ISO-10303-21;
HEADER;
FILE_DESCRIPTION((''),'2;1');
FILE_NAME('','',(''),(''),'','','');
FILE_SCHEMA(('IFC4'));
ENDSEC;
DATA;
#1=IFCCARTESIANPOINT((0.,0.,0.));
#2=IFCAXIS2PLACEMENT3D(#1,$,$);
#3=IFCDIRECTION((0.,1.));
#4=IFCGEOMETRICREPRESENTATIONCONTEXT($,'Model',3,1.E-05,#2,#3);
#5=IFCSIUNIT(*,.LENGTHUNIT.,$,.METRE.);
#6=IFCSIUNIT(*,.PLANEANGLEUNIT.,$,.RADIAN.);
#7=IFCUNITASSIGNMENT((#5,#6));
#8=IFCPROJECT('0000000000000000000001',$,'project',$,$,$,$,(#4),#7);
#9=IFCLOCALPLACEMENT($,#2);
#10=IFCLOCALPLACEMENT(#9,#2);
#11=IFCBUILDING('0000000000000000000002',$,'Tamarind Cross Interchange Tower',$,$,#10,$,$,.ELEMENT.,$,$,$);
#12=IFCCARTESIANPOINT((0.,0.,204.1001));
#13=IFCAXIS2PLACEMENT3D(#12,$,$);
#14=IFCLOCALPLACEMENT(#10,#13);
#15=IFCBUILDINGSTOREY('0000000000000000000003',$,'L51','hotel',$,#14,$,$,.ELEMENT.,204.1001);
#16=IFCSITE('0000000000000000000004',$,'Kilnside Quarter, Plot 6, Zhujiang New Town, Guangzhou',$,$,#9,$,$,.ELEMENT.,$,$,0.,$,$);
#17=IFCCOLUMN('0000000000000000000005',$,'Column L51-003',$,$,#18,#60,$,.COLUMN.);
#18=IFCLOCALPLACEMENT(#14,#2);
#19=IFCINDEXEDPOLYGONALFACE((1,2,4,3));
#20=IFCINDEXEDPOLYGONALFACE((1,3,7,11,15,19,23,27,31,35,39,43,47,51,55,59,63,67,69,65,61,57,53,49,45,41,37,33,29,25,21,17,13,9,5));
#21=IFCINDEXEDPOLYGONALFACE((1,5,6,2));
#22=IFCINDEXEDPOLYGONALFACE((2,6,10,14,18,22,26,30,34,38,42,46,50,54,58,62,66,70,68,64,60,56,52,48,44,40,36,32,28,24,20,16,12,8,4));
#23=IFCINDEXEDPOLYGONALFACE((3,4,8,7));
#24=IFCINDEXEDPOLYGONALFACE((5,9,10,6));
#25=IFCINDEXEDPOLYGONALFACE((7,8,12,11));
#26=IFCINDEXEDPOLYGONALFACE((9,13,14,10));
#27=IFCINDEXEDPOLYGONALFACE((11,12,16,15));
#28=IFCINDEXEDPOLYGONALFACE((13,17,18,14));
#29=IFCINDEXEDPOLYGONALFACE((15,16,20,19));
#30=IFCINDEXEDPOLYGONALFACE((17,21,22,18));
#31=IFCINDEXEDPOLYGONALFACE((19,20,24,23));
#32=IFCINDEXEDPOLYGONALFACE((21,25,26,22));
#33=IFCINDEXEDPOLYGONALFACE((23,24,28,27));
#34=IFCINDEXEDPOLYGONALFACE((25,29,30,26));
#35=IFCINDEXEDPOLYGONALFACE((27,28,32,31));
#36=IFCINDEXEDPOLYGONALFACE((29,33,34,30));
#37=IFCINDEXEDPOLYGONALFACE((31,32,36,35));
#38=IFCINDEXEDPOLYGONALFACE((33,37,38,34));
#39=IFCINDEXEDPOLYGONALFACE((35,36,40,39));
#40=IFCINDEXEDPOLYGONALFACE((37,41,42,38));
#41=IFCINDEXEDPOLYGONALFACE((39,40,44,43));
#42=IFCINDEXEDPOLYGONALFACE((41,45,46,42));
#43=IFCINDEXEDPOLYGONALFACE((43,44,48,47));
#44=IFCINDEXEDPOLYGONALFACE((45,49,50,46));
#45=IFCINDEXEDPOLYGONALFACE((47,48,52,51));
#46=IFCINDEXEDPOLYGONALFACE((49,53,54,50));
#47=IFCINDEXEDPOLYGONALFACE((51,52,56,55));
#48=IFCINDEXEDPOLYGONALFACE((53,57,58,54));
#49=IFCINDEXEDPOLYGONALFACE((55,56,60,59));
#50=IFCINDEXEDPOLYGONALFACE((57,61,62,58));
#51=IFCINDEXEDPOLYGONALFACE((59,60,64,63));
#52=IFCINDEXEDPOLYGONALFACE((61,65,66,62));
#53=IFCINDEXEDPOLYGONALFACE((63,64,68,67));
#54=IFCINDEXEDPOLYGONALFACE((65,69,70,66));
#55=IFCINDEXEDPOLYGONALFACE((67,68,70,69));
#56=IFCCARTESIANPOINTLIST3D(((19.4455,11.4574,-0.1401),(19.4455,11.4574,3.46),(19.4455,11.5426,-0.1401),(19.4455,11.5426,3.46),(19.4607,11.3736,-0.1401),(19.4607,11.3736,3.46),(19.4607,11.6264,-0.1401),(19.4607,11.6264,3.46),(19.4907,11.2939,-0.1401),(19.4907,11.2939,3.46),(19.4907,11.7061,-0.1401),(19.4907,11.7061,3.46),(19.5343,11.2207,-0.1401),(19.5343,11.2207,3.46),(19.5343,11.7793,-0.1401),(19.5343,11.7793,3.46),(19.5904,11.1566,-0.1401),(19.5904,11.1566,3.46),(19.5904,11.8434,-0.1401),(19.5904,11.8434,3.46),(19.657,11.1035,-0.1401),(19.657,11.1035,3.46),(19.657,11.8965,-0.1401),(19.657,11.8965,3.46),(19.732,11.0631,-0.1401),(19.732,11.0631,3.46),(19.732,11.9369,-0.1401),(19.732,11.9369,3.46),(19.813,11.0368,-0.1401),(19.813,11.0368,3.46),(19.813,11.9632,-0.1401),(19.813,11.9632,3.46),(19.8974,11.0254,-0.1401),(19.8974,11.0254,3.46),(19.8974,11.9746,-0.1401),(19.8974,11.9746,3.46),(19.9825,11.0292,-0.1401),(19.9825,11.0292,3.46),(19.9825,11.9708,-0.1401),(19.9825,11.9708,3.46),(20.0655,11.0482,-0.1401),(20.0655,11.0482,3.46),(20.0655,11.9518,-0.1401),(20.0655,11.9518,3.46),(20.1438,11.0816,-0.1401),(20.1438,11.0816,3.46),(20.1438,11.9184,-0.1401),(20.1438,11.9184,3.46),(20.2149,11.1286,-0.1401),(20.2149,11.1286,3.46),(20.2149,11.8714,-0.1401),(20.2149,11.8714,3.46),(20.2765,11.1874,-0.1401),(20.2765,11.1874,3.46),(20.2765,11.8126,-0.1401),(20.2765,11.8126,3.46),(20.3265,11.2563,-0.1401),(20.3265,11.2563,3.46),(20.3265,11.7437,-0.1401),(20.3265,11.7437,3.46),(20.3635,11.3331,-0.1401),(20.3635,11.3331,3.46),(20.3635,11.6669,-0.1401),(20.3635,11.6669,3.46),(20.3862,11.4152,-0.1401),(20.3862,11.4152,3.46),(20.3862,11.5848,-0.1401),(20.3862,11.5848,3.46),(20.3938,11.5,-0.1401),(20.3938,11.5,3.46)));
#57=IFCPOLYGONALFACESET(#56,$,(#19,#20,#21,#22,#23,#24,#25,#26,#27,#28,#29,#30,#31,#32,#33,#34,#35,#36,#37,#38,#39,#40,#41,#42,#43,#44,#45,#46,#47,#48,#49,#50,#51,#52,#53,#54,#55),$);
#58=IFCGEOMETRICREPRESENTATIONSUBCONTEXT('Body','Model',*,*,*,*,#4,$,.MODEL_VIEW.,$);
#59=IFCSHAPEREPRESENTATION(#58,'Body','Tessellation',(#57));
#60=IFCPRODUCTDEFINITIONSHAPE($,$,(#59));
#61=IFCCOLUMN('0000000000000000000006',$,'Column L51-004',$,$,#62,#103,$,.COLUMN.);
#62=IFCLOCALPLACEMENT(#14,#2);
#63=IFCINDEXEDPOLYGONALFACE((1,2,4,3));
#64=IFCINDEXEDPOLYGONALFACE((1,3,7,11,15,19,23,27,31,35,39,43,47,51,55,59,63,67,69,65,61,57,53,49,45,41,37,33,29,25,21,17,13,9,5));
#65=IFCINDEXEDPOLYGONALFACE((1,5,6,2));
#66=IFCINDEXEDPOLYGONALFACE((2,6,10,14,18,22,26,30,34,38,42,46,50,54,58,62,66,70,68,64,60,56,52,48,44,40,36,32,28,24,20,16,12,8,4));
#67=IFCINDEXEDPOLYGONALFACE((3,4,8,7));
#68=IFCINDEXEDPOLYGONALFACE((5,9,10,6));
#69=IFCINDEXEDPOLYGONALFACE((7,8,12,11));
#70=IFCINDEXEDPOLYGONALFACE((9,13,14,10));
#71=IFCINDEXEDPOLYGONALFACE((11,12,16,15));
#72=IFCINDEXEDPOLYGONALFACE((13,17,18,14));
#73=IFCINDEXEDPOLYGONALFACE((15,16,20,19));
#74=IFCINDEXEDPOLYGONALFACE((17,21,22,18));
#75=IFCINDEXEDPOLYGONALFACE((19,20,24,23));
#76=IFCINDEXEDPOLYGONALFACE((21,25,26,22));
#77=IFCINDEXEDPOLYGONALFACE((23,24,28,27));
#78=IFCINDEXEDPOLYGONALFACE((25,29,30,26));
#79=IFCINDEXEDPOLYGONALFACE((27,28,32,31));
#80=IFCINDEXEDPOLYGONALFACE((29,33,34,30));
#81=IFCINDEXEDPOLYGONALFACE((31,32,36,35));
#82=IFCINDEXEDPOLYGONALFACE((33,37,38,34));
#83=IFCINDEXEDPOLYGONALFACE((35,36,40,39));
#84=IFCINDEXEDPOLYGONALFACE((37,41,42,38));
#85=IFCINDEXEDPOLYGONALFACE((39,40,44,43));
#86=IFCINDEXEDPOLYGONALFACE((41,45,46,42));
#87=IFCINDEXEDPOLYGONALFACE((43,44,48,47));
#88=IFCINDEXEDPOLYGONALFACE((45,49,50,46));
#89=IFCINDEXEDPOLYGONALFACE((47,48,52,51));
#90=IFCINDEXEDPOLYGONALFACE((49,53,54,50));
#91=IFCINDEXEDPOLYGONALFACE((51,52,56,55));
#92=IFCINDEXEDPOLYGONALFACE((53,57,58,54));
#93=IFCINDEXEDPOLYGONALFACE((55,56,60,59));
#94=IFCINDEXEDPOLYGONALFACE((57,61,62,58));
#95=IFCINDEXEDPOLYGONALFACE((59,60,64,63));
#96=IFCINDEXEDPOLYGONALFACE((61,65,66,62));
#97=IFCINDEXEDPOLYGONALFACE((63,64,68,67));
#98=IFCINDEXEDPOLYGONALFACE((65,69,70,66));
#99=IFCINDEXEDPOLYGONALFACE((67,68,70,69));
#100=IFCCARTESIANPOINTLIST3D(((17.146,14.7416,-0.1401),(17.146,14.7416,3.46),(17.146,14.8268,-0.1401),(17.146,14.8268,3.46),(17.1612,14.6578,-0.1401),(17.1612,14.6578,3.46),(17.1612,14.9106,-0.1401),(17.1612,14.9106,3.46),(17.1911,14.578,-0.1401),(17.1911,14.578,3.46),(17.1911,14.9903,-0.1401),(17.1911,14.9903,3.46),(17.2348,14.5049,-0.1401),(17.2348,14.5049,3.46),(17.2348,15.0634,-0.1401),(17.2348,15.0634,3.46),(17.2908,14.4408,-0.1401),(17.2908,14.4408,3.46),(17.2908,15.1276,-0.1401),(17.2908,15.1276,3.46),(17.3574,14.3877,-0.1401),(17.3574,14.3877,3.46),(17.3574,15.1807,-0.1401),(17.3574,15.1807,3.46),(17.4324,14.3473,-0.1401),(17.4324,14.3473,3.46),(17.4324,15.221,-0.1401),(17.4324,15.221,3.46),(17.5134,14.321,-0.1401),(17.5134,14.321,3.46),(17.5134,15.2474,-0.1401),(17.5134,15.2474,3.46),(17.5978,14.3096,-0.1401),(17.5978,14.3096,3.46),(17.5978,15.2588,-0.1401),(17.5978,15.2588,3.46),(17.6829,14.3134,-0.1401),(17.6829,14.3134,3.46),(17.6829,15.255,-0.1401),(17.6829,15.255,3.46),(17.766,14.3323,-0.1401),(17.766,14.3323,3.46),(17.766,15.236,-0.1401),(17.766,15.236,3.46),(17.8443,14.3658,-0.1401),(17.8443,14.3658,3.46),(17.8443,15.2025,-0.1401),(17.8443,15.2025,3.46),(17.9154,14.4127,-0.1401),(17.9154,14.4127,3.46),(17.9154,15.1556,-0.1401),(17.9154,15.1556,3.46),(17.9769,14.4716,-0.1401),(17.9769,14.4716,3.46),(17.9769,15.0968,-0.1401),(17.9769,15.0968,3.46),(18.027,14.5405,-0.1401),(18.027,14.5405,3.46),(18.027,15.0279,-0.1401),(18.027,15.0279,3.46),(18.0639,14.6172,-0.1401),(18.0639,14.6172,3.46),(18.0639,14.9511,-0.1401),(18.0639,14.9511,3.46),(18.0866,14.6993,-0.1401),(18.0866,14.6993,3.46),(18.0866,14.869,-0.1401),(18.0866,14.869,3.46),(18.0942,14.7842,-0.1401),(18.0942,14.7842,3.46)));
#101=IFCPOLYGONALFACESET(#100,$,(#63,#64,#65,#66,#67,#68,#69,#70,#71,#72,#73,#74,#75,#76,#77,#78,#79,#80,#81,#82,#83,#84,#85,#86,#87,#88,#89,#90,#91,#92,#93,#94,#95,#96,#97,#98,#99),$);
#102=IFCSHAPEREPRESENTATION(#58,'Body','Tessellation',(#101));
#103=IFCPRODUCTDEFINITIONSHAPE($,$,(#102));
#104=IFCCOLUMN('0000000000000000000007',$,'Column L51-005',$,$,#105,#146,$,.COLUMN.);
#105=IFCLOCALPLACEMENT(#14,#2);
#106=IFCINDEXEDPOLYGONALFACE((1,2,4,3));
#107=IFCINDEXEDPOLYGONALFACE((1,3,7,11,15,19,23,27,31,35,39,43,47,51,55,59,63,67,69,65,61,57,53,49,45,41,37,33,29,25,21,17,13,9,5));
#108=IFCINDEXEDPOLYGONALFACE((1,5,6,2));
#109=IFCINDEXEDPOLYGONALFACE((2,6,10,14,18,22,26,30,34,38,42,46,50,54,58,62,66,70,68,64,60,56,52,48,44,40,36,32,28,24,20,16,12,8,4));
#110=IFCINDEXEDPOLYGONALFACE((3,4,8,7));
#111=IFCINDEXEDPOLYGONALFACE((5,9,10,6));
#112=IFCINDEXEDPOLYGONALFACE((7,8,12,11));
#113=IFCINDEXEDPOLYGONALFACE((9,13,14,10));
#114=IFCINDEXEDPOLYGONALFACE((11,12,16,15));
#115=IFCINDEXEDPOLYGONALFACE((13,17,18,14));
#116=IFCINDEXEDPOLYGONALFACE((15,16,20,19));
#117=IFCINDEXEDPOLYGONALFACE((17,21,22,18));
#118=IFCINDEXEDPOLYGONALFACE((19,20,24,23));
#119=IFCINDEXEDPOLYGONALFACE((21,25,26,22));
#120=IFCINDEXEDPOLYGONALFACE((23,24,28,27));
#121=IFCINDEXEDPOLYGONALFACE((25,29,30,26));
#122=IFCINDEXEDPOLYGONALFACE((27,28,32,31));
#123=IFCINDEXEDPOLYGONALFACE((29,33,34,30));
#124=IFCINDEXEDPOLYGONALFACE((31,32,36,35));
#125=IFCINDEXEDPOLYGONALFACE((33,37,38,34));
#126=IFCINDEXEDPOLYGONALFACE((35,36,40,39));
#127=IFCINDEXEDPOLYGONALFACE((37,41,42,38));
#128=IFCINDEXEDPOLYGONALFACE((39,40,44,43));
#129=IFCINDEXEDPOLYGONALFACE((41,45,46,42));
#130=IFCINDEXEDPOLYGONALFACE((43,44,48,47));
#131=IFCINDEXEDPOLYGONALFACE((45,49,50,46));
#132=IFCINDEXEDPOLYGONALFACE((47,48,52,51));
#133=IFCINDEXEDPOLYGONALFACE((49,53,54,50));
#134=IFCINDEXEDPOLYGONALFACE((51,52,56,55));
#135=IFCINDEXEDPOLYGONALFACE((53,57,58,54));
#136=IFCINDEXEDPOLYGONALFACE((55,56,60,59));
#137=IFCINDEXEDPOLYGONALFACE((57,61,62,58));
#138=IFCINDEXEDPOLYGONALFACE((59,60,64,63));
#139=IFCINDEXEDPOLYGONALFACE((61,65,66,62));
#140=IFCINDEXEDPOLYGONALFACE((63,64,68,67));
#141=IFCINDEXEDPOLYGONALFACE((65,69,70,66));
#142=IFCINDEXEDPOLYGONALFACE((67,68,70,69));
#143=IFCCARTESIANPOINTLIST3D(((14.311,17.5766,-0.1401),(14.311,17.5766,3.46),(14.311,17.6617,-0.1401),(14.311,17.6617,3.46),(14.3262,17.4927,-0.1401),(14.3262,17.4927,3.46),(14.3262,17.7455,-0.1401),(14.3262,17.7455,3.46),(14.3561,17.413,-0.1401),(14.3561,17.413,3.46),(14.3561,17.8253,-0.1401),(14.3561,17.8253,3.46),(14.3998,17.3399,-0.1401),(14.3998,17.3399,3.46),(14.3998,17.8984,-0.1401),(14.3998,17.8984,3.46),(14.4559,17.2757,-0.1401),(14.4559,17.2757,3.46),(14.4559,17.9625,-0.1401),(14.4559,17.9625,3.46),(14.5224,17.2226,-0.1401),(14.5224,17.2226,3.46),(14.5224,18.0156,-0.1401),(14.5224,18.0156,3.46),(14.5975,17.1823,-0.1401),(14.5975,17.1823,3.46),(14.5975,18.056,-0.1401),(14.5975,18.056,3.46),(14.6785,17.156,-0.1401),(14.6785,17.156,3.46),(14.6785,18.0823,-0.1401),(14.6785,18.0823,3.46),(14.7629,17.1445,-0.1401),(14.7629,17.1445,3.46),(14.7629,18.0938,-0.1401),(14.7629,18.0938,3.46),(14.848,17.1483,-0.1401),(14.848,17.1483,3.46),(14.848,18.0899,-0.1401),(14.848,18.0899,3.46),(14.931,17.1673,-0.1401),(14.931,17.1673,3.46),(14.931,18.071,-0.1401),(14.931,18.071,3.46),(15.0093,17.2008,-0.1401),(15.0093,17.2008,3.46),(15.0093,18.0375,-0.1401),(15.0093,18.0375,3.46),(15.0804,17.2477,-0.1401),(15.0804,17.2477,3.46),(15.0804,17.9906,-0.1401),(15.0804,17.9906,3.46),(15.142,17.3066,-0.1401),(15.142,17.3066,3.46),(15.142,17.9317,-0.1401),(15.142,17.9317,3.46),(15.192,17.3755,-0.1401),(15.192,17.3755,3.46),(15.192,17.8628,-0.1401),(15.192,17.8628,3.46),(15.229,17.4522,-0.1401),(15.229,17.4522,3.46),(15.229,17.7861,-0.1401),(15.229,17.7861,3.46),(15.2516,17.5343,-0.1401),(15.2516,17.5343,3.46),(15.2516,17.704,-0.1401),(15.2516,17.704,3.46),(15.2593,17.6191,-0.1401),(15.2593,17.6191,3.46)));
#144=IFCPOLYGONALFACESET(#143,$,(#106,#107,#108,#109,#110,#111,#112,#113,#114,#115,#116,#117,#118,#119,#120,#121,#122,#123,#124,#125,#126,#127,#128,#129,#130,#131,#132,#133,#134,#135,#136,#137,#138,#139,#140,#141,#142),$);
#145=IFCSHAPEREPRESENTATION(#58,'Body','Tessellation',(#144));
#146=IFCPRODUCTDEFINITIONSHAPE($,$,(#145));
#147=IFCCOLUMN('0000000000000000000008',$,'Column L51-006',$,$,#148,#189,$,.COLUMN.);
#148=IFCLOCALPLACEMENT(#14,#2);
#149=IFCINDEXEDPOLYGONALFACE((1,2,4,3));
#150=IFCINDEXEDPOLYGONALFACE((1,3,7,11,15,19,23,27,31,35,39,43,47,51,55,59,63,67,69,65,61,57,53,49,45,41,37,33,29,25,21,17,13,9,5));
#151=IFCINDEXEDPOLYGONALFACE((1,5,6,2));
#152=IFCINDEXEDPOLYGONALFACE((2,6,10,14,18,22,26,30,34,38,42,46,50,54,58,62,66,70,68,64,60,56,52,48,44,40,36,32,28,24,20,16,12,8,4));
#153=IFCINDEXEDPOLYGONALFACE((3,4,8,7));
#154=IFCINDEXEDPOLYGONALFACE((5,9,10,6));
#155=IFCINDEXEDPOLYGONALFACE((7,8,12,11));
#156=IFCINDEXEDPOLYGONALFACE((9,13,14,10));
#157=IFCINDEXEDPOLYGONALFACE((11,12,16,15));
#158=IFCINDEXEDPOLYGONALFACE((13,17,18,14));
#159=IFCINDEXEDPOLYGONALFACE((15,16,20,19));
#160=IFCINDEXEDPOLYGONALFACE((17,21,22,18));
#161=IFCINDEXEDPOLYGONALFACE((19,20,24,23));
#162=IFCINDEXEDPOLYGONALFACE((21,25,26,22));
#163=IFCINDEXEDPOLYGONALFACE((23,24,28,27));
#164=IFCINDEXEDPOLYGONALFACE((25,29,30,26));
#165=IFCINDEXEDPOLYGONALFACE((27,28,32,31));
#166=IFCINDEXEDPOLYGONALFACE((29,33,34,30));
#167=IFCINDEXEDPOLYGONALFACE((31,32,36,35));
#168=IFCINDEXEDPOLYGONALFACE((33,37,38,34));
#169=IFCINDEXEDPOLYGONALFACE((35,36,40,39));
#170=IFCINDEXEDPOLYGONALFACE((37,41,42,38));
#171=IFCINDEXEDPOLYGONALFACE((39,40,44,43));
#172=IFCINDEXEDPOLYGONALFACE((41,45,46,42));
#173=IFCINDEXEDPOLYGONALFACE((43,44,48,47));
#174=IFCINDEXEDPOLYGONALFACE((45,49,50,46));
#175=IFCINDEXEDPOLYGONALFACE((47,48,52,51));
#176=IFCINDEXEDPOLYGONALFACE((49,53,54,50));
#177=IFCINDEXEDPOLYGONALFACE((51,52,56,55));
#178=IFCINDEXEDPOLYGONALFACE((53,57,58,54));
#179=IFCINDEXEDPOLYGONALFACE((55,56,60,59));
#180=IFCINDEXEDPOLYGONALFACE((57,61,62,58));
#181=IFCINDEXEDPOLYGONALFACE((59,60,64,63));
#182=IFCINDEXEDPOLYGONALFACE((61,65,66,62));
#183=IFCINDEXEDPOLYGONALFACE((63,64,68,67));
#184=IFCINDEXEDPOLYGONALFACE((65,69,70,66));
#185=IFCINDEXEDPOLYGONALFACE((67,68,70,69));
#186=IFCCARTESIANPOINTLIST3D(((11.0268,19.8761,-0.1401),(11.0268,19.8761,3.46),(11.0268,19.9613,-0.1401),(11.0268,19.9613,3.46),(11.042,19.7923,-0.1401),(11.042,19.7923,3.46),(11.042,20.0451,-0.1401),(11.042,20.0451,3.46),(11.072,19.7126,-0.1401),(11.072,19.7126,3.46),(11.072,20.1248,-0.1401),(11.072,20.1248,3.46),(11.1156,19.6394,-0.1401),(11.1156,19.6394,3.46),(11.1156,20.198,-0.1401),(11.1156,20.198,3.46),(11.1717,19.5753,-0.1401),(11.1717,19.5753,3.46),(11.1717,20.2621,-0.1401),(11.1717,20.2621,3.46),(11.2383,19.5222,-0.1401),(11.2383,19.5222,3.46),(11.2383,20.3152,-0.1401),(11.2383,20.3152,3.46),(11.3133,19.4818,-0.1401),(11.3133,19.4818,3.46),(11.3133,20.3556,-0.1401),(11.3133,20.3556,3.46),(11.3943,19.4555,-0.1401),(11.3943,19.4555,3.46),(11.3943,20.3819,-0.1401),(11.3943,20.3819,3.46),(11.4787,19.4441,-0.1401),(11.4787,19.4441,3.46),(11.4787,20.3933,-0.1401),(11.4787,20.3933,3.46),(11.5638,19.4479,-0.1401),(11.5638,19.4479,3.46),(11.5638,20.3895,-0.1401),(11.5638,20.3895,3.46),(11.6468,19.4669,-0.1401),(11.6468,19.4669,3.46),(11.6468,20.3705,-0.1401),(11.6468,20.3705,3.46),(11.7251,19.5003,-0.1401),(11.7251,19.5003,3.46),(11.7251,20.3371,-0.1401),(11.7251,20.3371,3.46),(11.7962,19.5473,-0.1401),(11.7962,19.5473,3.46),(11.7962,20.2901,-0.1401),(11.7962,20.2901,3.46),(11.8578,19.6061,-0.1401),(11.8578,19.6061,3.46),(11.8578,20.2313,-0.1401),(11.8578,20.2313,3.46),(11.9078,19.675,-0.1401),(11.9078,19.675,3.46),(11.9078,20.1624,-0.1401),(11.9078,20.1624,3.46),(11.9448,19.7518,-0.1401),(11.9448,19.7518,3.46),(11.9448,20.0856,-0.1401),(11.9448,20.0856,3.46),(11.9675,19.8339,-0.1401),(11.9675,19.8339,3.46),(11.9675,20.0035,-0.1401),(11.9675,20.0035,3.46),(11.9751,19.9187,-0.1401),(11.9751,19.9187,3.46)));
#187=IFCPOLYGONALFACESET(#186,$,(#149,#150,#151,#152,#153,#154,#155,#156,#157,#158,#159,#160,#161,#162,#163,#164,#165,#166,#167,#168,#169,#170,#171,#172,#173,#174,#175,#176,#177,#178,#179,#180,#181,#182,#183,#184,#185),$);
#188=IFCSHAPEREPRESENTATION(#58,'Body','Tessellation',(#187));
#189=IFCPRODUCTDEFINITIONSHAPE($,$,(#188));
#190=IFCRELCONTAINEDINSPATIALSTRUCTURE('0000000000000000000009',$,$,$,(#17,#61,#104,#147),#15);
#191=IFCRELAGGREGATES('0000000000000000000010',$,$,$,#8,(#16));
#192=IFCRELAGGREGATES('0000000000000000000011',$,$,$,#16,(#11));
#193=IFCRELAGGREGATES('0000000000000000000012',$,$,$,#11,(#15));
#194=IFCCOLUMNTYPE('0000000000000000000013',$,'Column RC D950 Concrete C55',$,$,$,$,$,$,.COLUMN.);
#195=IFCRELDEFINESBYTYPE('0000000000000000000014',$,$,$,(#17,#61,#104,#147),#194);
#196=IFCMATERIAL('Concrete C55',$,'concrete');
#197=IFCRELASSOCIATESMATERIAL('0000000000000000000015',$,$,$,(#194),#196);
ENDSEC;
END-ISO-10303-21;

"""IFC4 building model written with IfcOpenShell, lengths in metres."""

from ifc_helpers import new_model, si_unit, direction, frame, origin, origin_2d, place, context, subcontext, project, spatial, circle, extrude, material, material_profile, profile_set, type_object, element, save


model = new_model("IFC4")

# Units and contexts
model_context = context("Model", 3, precision=1e-05, world=origin(), true_north=direction((0.0, 1.0)))
body_context = subcontext(model_context, "Body", "Model", "MODEL_VIEW")
ifc_project = project(units=[si_unit("LENGTHUNIT", "METRE"), si_unit("PLANEANGLEUNIT", "RADIAN")], contexts=[model_context])

# Site, building, storey
site_placement = place(None, origin())
site = spatial("IfcSite", under=ifc_project, at=site_placement, Name="Kilnside Quarter, Plot 6, Zhujiang New Town, Guangzhou", CompositionType="ELEMENT", RefElevation=0.0)
building_placement = place(site_placement, origin())
building = spatial("IfcBuilding", under=site, at=building_placement, Name="Tamarind Cross Interchange Tower", CompositionType="ELEMENT")
storey_placement = place(building_placement, frame((0.0, 0.0, 204.1001)))
storey = spatial("IfcBuildingStorey", under=building, at=storey_placement, Name="L51", Description="hotel", CompositionType="ELEMENT", Elevation=204.1001)

# Columns
ifc_material_1 = material(Name="Concrete C55", Category="concrete")
ifc_material_profile_1 = material_profile(ifc_material_1, circle(Radius=0.4751, at=origin_2d()), Name="RC D950")
ifc_profile_set_1 = profile_set([ifc_material_profile_1], Name="Concrete C55")
column_type = type_object("IfcColumnType", Name="Column RC D950 Concrete C55", PredefinedType="COLUMN", material=ifc_profile_set_1)
for number, where, z_axis, x_axis, name in (
    (1, (19.9187, 11.5, -0.1401), (0.0, 0.0, 1.0), (1.0, 0.0, 0.0), "Column L51-003"),
    (2, (17.6191, 14.7842, -0.1401), (0.0, 0.0, 1.0), (1.0, 0.0, 0.0), "Column L51-004"),
    (3, (14.7842, 17.6191, -0.1401), (0.0, 0.0, 1.0), (1.0, 0.0, 0.0), "Column L51-005"),
    (4, (11.5, 19.9187, -0.1401), (0.0, 0.0, 1.0), (1.0, 0.0, 0.0), "Column L51-006"),
):
    element("IfcColumn", number, at=place(storey_placement, frame(where, z_axis=z_axis, x_axis=x_axis)), inside=storey, type_object=column_type, Name=name, PredefinedType="COLUMN", context=body_context, shape_type="SweptSolid", body=[
        extrude(circle(Radius=0.4751, at=origin_2d()), origin(), (0.0, 0.0, 1.0), 3.6001),
    ])

save(model, "model.ifc")
